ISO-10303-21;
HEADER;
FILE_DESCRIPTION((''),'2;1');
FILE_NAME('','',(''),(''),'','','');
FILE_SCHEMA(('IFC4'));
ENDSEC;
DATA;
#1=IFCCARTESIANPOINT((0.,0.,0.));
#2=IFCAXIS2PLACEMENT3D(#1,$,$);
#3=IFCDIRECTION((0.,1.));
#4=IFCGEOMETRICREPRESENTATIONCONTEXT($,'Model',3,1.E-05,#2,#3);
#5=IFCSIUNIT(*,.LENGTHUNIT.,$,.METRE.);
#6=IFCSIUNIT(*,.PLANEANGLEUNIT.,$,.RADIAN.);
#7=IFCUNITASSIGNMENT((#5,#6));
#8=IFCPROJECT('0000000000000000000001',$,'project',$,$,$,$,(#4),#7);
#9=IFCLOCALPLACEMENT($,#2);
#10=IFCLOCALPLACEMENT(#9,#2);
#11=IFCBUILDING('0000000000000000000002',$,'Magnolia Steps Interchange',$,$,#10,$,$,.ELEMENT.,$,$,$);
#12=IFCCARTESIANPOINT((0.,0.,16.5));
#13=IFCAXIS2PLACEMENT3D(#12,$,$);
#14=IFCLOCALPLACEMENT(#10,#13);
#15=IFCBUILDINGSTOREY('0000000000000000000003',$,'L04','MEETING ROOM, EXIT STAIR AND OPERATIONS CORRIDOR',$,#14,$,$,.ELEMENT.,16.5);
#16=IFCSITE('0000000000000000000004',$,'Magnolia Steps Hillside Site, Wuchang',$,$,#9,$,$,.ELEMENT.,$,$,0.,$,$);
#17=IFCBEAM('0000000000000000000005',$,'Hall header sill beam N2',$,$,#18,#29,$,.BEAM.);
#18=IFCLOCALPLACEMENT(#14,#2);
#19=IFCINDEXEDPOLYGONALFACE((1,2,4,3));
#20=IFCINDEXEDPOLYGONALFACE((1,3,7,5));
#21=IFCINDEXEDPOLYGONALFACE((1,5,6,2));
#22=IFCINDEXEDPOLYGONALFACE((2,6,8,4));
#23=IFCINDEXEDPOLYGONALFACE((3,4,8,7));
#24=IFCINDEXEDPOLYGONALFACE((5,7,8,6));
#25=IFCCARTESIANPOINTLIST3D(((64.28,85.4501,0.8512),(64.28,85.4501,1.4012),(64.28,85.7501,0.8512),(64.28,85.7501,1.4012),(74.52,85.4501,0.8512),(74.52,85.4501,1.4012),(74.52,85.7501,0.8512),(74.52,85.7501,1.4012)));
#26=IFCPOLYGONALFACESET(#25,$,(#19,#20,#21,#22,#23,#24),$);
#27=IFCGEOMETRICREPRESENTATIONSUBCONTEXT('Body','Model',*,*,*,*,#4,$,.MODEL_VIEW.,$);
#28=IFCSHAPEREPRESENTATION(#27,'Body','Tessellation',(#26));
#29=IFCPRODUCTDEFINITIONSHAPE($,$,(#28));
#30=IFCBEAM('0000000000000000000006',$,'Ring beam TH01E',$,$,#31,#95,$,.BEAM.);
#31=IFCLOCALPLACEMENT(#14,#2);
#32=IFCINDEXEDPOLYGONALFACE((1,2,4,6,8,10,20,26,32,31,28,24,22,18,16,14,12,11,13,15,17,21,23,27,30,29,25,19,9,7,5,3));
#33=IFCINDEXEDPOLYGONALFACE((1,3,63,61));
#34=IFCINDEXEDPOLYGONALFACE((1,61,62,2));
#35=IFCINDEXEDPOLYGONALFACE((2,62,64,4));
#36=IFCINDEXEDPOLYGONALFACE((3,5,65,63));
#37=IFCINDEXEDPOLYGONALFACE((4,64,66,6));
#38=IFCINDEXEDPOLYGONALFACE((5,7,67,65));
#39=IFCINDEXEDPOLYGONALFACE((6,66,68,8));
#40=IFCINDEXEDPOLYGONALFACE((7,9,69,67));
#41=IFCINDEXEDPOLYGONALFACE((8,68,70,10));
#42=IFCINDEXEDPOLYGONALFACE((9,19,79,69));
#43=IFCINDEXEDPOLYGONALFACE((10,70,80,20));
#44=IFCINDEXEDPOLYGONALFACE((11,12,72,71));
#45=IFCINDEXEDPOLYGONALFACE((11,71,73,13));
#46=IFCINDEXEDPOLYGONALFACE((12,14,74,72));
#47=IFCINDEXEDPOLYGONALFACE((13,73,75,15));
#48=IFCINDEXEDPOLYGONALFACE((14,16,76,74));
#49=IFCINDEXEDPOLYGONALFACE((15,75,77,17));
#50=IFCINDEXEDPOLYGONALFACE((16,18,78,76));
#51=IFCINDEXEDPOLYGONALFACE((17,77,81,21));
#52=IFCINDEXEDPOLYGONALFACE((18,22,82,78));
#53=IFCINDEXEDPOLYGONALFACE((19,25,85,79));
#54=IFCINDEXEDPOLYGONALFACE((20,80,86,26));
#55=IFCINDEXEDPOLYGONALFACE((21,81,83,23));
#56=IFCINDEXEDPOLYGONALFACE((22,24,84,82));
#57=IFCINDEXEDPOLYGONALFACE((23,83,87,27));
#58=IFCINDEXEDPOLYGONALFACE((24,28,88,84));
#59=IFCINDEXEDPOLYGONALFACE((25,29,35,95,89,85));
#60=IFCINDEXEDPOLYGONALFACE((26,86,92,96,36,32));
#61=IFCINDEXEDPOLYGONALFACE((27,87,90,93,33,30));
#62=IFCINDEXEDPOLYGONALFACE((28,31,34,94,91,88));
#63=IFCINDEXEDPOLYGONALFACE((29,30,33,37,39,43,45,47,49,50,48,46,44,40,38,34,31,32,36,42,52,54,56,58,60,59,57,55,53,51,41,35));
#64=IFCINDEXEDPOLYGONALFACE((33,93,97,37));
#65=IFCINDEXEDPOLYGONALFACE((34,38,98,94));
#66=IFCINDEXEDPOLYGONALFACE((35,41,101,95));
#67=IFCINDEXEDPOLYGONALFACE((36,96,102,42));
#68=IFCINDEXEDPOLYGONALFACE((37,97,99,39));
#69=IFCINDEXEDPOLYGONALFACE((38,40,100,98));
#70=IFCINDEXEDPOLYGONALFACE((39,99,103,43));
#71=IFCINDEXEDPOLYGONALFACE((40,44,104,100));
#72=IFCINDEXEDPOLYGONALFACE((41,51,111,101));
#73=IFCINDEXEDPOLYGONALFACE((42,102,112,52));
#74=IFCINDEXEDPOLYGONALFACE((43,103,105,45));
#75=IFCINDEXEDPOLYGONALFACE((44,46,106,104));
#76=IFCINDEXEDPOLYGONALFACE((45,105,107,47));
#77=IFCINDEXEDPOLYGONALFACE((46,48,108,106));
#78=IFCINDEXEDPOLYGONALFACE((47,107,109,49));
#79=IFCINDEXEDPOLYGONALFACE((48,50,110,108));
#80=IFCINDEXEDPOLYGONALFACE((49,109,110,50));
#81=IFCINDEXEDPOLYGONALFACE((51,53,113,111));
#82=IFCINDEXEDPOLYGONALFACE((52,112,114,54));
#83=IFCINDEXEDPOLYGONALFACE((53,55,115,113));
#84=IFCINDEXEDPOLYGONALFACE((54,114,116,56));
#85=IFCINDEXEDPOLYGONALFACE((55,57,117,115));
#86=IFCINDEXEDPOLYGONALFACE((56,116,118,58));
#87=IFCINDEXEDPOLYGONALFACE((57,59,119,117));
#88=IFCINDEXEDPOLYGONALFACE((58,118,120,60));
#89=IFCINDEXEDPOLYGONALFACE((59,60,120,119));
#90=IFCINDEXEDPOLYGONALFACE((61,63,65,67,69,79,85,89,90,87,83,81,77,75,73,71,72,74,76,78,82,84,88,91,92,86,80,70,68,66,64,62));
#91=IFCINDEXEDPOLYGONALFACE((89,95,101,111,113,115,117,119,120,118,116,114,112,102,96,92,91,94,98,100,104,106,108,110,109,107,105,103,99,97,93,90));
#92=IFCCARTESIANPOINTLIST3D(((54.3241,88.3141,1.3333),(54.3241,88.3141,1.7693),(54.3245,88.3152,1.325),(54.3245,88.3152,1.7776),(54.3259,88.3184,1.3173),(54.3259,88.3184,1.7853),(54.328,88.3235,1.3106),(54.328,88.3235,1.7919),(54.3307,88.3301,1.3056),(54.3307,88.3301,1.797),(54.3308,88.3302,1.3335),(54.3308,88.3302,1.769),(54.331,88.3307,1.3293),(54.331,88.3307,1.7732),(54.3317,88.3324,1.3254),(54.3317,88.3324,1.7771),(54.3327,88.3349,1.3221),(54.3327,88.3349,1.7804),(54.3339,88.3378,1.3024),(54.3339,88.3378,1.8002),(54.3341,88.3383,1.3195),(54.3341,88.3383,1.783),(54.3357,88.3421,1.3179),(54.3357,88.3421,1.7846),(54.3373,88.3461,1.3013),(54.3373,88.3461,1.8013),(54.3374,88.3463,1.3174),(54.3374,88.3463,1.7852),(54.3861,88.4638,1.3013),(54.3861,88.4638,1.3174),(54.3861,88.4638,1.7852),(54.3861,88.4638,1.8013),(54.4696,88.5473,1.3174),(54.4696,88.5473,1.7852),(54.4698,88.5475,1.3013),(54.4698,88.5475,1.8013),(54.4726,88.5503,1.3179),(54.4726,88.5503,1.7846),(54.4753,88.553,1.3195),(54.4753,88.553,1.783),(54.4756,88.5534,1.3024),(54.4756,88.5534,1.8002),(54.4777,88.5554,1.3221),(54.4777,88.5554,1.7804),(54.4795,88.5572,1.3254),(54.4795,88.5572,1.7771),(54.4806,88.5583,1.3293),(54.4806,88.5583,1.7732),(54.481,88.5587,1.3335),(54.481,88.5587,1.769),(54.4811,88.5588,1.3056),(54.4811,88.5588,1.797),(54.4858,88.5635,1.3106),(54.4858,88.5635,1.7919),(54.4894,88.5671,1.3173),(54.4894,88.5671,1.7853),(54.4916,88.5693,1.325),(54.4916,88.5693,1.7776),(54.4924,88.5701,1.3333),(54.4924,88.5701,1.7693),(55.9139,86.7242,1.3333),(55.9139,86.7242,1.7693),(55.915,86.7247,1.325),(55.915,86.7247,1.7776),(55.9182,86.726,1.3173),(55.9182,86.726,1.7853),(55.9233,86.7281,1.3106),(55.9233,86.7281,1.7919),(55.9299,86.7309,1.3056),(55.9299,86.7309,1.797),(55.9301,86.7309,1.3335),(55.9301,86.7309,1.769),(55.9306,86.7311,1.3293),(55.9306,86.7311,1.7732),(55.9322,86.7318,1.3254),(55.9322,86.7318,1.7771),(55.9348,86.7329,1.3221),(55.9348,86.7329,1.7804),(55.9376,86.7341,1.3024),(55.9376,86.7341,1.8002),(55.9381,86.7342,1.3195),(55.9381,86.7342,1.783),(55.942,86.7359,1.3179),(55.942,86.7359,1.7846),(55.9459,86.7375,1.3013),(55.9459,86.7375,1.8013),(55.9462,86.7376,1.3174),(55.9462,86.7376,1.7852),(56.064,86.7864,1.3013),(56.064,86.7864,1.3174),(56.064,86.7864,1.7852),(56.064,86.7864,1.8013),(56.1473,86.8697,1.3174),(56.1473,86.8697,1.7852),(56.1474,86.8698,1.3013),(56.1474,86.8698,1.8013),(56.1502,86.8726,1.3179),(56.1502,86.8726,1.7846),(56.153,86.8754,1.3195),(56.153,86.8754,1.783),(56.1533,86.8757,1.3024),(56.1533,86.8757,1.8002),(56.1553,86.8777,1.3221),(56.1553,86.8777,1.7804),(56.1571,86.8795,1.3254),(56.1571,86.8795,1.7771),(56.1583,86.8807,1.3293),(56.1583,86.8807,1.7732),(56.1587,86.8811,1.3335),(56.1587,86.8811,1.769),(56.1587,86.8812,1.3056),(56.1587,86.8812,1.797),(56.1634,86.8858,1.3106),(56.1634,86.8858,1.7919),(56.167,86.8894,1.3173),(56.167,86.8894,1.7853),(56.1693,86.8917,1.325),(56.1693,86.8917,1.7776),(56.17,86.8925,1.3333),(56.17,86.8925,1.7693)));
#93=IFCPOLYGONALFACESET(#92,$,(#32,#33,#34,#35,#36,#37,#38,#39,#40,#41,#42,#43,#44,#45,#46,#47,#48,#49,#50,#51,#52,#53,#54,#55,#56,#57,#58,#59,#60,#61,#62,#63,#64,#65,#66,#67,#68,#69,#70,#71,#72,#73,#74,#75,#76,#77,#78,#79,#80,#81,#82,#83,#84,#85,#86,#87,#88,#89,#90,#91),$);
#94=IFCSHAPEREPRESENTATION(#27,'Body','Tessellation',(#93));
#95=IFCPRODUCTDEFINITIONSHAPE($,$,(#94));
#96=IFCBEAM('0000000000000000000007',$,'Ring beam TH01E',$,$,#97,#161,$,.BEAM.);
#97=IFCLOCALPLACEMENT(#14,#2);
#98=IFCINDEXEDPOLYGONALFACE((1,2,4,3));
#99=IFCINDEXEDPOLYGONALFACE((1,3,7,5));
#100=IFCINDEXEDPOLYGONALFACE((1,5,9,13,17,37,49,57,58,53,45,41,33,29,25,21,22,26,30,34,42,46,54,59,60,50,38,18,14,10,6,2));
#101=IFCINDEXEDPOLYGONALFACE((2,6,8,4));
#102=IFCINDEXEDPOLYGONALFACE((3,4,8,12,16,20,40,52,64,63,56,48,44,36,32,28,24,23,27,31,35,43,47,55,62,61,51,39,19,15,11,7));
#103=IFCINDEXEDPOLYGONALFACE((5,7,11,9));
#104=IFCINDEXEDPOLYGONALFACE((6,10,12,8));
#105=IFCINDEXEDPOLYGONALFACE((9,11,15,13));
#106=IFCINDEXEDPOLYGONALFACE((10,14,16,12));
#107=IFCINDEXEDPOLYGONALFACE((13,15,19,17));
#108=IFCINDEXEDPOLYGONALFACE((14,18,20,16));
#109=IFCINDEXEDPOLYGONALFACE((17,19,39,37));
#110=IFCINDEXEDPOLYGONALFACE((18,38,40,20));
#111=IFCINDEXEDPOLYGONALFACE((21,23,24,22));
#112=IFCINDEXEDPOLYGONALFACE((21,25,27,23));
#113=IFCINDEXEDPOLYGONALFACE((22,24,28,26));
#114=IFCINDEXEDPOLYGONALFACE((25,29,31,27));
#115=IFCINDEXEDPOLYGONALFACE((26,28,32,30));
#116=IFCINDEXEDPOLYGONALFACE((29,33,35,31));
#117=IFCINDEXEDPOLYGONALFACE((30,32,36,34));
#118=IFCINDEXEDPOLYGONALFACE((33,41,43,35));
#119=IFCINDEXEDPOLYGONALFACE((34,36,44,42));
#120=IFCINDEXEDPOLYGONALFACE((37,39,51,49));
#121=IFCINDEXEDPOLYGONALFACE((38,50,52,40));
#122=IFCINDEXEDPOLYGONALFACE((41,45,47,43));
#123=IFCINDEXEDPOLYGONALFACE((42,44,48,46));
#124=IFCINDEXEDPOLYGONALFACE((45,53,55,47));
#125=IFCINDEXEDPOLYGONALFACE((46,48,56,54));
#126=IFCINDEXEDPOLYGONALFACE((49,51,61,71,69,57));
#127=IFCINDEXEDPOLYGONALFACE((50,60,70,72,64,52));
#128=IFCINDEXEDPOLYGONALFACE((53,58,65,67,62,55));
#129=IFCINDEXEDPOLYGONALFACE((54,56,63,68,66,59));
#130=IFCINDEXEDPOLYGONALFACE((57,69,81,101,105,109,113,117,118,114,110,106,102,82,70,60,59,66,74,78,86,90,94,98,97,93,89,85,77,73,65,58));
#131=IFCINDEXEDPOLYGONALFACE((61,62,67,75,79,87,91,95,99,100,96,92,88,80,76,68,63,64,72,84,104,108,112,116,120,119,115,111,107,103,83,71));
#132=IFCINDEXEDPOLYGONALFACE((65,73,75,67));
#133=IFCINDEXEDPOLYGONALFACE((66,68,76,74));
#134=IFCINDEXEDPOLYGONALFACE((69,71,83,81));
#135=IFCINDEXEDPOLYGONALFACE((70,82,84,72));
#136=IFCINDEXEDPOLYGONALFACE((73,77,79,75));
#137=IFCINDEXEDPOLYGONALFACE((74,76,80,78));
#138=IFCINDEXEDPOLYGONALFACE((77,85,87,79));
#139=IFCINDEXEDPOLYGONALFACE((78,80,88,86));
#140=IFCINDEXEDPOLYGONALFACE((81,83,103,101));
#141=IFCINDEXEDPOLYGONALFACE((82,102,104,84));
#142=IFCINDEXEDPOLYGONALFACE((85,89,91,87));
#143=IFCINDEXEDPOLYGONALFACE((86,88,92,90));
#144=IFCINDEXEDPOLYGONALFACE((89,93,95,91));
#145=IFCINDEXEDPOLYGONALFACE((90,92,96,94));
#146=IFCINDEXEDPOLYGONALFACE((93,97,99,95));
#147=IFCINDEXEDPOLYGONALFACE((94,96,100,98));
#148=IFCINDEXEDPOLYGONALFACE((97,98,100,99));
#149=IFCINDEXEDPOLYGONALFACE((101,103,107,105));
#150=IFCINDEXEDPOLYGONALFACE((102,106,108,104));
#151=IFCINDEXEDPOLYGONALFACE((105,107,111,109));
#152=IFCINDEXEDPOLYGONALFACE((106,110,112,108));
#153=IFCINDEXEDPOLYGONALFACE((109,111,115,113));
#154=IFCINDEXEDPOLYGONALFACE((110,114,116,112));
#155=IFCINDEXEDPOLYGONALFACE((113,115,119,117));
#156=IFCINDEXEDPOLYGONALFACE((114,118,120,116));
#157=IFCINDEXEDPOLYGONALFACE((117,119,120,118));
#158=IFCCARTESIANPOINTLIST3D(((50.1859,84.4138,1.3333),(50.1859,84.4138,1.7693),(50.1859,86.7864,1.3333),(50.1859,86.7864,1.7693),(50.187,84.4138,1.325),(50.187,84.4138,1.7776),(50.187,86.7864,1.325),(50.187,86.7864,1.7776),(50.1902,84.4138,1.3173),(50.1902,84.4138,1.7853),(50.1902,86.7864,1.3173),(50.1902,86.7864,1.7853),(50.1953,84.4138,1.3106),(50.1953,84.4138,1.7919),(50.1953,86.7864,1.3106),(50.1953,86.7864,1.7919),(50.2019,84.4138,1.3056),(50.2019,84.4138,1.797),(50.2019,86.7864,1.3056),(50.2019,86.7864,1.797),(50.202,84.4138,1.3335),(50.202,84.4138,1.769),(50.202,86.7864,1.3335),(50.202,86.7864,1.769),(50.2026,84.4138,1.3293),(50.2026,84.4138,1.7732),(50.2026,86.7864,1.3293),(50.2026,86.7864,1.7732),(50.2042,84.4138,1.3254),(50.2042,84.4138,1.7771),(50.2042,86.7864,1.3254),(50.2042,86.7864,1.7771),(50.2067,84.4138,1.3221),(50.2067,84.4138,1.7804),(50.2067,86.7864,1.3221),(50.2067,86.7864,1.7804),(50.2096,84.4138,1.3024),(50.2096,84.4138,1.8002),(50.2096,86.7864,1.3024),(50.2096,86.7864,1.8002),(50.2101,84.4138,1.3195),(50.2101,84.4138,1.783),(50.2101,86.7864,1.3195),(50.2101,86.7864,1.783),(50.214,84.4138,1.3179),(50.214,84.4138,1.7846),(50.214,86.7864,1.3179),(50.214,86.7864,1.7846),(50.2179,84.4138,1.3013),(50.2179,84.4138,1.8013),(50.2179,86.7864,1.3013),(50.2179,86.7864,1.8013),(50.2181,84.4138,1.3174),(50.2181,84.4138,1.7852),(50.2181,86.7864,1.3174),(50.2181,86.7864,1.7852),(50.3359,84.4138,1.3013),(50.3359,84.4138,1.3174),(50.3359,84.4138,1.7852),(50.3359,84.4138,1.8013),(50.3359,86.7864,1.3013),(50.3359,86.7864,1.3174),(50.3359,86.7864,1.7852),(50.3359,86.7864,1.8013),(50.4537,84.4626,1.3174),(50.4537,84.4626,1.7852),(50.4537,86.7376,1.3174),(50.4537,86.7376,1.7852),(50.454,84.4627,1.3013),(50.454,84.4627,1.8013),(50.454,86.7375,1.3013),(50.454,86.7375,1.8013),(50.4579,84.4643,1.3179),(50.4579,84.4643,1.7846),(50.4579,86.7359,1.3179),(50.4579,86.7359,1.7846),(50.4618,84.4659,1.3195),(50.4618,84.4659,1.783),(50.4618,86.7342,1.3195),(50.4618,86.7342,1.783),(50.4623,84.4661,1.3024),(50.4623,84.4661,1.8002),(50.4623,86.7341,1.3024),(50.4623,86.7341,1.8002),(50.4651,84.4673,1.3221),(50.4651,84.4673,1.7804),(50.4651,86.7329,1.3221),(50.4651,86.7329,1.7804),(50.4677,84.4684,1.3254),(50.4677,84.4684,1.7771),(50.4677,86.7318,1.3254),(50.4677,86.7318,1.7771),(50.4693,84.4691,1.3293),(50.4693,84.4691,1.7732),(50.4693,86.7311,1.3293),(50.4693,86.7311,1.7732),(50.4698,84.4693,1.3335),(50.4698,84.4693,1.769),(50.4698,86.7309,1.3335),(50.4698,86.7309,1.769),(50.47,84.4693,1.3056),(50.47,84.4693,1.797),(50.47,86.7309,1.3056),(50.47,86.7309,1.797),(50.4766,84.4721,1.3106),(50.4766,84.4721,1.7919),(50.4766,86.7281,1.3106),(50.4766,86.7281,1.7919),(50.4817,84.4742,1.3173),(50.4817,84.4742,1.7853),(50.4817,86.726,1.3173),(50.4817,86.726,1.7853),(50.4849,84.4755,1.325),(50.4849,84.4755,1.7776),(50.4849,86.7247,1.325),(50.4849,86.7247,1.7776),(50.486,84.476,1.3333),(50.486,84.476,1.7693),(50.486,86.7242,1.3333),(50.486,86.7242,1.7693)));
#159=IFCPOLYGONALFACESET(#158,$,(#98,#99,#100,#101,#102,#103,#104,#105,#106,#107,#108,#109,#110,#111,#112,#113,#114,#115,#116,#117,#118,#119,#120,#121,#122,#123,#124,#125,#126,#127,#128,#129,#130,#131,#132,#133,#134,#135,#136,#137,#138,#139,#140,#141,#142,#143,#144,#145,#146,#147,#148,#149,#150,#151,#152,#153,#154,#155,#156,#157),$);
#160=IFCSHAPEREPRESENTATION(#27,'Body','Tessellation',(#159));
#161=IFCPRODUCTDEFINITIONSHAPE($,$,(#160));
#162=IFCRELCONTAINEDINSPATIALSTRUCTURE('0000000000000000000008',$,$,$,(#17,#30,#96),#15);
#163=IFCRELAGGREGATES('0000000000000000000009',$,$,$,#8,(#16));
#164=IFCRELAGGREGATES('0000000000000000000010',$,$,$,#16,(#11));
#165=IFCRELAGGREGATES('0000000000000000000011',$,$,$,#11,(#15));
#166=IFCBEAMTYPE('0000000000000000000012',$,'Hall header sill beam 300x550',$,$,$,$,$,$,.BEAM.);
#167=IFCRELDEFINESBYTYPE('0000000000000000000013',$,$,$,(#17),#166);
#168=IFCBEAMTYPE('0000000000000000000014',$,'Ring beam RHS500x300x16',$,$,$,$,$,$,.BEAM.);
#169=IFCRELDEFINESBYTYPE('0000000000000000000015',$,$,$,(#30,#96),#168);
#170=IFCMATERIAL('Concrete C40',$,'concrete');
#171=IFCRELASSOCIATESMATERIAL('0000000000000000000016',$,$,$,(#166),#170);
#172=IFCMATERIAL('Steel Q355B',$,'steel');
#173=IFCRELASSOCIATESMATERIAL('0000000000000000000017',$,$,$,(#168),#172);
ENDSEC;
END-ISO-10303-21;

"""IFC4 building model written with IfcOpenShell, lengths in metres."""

from ifc_helpers import new_model, si_unit, direction, frame, origin, origin_2d, place, context, subcontext, project, spatial, rectangle, hollow_rectangle, extrude, clip, halfspace, material, material_profile, profile_set, type_object, element, save


model = new_model("IFC4")

# Units and contexts
model_context = context("Model", 3, precision=1e-05, world=origin(), true_north=direction((0.0, 1.0)))
body_context = subcontext(model_context, "Body", "Model", "MODEL_VIEW")
ifc_project = project(units=[si_unit("LENGTHUNIT", "METRE"), si_unit("PLANEANGLEUNIT", "RADIAN")], contexts=[model_context])

# Site, building, storey
site_placement = place(None, origin())
site = spatial("IfcSite", under=ifc_project, at=site_placement, Name="Magnolia Steps Hillside Site, Wuchang", CompositionType="ELEMENT", RefElevation=0.0)
building_placement = place(site_placement, origin())
building = spatial("IfcBuilding", under=site, at=building_placement, Name="Magnolia Steps Interchange", CompositionType="ELEMENT")
storey_placement = place(building_placement, frame((0.0, 0.0, 16.5)))
storey = spatial("IfcBuildingStorey", under=building, at=storey_placement, Name="L04", Description="MEETING ROOM, EXIT STAIR AND OPERATIONS CORRIDOR", CompositionType="ELEMENT", Elevation=16.5)

# Beams
ifc_material_1 = material(Name="Concrete C40", Category="concrete")
ifc_material_profile_1 = material_profile(ifc_material_1, rectangle(XDim=0.3, YDim=0.55, at=origin_2d()), Name="RC300x550")
ifc_profile_set_1 = profile_set([ifc_material_profile_1], Name="Concrete C40")
beam_type_1 = type_object("IfcBeamType", Name="Hall header sill beam 300x550", PredefinedType="BEAM", material=ifc_profile_set_1)
beam_1_placement = place(storey_placement, frame((64.28, 85.6001, 1.1262), z_axis=(1.0, 0.0, 0.0), x_axis=(0.0, 1.0, 0.0)))
element("IfcBeam", 1, at=beam_1_placement, inside=storey, type_object=beam_type_1, Name="Hall header sill beam N2", PredefinedType="BEAM", context=body_context, shape_type="SweptSolid", body=[
    extrude(rectangle(XDim=0.3, YDim=0.55, at=origin_2d()), origin(), (0.0, 0.0, 1.0), 10.24),
])
ifc_material_2 = material(Name="Steel Q355B", Category="steel")
ifc_material_profile_2 = material_profile(ifc_material_2, hollow_rectangle(XDim=0.3, YDim=0.5, WallThickness=0.0161, InnerFilletRadius=0.0161, OuterFilletRadius=0.032, at=origin_2d()), Name="RHS500x300x16")
ifc_profile_set_2 = profile_set([ifc_material_profile_2], Name="Steel Q355B")
beam_type_2 = type_object("IfcBeamType", Name="Ring beam RHS500x300x16", PredefinedType="BEAM", material=ifc_profile_set_2)
beam_2_placement = place(storey_placement, frame((56.064, 86.7864, 1.5513), z_axis=(-0.707107, 0.707107, 0.0), x_axis=(-0.707107, -0.707107, 0.0)))
element("IfcBeam", 2, at=beam_2_placement, inside=storey, type_object=beam_type_2, Name="Ring beam TH01E", PredefinedType="BEAM", context=body_context, shape_type="Clipping", body=[
    clip(clip(extrude(hollow_rectangle(XDim=0.3, YDim=0.5, WallThickness=0.0161, InnerFilletRadius=0.0161, OuterFilletRadius=0.032, at=origin_2d()), origin(), (0.0, 0.0, 1.0), 2.3726), halfspace(frame((0.0, 0.0, 0.0), z_axis=(0.382683, 0.0, -0.92388), x_axis=(0.92388, 0.0, 0.382683)), False)), halfspace(frame((0.0, 0.0, 2.3727), z_axis=(0.382683, 0.0, 0.92388), x_axis=(0.92388, 0.0, -0.382683)), False)),
])
beam_3_placement = place(storey_placement, frame((50.3359, 86.7864, 1.5513), z_axis=(0.0, -1.0, 0.0), x_axis=(1.0, 0.0, 0.0)))
element("IfcBeam", 3, at=beam_3_placement, inside=storey, type_object=beam_type_2, Name="Ring beam TH01E", PredefinedType="BEAM", context=body_context, shape_type="Clipping", body=[
    clip(clip(extrude(hollow_rectangle(XDim=0.3, YDim=0.5, WallThickness=0.0161, InnerFilletRadius=0.0161, OuterFilletRadius=0.032, at=origin_2d()), origin(), (0.0, 0.0, 1.0), 2.3726), halfspace(frame((0.0, 0.0, 0.0), z_axis=(0.382683, 0.0, -0.92388), x_axis=(0.92388, 0.0, 0.382683)), False)), halfspace(frame((0.0, 0.0, 2.3726), z_axis=(0.382683, 0.0, 0.92388), x_axis=(0.92388, 0.0, -0.382683)), False)),
])

save(model, "model.ifc")
